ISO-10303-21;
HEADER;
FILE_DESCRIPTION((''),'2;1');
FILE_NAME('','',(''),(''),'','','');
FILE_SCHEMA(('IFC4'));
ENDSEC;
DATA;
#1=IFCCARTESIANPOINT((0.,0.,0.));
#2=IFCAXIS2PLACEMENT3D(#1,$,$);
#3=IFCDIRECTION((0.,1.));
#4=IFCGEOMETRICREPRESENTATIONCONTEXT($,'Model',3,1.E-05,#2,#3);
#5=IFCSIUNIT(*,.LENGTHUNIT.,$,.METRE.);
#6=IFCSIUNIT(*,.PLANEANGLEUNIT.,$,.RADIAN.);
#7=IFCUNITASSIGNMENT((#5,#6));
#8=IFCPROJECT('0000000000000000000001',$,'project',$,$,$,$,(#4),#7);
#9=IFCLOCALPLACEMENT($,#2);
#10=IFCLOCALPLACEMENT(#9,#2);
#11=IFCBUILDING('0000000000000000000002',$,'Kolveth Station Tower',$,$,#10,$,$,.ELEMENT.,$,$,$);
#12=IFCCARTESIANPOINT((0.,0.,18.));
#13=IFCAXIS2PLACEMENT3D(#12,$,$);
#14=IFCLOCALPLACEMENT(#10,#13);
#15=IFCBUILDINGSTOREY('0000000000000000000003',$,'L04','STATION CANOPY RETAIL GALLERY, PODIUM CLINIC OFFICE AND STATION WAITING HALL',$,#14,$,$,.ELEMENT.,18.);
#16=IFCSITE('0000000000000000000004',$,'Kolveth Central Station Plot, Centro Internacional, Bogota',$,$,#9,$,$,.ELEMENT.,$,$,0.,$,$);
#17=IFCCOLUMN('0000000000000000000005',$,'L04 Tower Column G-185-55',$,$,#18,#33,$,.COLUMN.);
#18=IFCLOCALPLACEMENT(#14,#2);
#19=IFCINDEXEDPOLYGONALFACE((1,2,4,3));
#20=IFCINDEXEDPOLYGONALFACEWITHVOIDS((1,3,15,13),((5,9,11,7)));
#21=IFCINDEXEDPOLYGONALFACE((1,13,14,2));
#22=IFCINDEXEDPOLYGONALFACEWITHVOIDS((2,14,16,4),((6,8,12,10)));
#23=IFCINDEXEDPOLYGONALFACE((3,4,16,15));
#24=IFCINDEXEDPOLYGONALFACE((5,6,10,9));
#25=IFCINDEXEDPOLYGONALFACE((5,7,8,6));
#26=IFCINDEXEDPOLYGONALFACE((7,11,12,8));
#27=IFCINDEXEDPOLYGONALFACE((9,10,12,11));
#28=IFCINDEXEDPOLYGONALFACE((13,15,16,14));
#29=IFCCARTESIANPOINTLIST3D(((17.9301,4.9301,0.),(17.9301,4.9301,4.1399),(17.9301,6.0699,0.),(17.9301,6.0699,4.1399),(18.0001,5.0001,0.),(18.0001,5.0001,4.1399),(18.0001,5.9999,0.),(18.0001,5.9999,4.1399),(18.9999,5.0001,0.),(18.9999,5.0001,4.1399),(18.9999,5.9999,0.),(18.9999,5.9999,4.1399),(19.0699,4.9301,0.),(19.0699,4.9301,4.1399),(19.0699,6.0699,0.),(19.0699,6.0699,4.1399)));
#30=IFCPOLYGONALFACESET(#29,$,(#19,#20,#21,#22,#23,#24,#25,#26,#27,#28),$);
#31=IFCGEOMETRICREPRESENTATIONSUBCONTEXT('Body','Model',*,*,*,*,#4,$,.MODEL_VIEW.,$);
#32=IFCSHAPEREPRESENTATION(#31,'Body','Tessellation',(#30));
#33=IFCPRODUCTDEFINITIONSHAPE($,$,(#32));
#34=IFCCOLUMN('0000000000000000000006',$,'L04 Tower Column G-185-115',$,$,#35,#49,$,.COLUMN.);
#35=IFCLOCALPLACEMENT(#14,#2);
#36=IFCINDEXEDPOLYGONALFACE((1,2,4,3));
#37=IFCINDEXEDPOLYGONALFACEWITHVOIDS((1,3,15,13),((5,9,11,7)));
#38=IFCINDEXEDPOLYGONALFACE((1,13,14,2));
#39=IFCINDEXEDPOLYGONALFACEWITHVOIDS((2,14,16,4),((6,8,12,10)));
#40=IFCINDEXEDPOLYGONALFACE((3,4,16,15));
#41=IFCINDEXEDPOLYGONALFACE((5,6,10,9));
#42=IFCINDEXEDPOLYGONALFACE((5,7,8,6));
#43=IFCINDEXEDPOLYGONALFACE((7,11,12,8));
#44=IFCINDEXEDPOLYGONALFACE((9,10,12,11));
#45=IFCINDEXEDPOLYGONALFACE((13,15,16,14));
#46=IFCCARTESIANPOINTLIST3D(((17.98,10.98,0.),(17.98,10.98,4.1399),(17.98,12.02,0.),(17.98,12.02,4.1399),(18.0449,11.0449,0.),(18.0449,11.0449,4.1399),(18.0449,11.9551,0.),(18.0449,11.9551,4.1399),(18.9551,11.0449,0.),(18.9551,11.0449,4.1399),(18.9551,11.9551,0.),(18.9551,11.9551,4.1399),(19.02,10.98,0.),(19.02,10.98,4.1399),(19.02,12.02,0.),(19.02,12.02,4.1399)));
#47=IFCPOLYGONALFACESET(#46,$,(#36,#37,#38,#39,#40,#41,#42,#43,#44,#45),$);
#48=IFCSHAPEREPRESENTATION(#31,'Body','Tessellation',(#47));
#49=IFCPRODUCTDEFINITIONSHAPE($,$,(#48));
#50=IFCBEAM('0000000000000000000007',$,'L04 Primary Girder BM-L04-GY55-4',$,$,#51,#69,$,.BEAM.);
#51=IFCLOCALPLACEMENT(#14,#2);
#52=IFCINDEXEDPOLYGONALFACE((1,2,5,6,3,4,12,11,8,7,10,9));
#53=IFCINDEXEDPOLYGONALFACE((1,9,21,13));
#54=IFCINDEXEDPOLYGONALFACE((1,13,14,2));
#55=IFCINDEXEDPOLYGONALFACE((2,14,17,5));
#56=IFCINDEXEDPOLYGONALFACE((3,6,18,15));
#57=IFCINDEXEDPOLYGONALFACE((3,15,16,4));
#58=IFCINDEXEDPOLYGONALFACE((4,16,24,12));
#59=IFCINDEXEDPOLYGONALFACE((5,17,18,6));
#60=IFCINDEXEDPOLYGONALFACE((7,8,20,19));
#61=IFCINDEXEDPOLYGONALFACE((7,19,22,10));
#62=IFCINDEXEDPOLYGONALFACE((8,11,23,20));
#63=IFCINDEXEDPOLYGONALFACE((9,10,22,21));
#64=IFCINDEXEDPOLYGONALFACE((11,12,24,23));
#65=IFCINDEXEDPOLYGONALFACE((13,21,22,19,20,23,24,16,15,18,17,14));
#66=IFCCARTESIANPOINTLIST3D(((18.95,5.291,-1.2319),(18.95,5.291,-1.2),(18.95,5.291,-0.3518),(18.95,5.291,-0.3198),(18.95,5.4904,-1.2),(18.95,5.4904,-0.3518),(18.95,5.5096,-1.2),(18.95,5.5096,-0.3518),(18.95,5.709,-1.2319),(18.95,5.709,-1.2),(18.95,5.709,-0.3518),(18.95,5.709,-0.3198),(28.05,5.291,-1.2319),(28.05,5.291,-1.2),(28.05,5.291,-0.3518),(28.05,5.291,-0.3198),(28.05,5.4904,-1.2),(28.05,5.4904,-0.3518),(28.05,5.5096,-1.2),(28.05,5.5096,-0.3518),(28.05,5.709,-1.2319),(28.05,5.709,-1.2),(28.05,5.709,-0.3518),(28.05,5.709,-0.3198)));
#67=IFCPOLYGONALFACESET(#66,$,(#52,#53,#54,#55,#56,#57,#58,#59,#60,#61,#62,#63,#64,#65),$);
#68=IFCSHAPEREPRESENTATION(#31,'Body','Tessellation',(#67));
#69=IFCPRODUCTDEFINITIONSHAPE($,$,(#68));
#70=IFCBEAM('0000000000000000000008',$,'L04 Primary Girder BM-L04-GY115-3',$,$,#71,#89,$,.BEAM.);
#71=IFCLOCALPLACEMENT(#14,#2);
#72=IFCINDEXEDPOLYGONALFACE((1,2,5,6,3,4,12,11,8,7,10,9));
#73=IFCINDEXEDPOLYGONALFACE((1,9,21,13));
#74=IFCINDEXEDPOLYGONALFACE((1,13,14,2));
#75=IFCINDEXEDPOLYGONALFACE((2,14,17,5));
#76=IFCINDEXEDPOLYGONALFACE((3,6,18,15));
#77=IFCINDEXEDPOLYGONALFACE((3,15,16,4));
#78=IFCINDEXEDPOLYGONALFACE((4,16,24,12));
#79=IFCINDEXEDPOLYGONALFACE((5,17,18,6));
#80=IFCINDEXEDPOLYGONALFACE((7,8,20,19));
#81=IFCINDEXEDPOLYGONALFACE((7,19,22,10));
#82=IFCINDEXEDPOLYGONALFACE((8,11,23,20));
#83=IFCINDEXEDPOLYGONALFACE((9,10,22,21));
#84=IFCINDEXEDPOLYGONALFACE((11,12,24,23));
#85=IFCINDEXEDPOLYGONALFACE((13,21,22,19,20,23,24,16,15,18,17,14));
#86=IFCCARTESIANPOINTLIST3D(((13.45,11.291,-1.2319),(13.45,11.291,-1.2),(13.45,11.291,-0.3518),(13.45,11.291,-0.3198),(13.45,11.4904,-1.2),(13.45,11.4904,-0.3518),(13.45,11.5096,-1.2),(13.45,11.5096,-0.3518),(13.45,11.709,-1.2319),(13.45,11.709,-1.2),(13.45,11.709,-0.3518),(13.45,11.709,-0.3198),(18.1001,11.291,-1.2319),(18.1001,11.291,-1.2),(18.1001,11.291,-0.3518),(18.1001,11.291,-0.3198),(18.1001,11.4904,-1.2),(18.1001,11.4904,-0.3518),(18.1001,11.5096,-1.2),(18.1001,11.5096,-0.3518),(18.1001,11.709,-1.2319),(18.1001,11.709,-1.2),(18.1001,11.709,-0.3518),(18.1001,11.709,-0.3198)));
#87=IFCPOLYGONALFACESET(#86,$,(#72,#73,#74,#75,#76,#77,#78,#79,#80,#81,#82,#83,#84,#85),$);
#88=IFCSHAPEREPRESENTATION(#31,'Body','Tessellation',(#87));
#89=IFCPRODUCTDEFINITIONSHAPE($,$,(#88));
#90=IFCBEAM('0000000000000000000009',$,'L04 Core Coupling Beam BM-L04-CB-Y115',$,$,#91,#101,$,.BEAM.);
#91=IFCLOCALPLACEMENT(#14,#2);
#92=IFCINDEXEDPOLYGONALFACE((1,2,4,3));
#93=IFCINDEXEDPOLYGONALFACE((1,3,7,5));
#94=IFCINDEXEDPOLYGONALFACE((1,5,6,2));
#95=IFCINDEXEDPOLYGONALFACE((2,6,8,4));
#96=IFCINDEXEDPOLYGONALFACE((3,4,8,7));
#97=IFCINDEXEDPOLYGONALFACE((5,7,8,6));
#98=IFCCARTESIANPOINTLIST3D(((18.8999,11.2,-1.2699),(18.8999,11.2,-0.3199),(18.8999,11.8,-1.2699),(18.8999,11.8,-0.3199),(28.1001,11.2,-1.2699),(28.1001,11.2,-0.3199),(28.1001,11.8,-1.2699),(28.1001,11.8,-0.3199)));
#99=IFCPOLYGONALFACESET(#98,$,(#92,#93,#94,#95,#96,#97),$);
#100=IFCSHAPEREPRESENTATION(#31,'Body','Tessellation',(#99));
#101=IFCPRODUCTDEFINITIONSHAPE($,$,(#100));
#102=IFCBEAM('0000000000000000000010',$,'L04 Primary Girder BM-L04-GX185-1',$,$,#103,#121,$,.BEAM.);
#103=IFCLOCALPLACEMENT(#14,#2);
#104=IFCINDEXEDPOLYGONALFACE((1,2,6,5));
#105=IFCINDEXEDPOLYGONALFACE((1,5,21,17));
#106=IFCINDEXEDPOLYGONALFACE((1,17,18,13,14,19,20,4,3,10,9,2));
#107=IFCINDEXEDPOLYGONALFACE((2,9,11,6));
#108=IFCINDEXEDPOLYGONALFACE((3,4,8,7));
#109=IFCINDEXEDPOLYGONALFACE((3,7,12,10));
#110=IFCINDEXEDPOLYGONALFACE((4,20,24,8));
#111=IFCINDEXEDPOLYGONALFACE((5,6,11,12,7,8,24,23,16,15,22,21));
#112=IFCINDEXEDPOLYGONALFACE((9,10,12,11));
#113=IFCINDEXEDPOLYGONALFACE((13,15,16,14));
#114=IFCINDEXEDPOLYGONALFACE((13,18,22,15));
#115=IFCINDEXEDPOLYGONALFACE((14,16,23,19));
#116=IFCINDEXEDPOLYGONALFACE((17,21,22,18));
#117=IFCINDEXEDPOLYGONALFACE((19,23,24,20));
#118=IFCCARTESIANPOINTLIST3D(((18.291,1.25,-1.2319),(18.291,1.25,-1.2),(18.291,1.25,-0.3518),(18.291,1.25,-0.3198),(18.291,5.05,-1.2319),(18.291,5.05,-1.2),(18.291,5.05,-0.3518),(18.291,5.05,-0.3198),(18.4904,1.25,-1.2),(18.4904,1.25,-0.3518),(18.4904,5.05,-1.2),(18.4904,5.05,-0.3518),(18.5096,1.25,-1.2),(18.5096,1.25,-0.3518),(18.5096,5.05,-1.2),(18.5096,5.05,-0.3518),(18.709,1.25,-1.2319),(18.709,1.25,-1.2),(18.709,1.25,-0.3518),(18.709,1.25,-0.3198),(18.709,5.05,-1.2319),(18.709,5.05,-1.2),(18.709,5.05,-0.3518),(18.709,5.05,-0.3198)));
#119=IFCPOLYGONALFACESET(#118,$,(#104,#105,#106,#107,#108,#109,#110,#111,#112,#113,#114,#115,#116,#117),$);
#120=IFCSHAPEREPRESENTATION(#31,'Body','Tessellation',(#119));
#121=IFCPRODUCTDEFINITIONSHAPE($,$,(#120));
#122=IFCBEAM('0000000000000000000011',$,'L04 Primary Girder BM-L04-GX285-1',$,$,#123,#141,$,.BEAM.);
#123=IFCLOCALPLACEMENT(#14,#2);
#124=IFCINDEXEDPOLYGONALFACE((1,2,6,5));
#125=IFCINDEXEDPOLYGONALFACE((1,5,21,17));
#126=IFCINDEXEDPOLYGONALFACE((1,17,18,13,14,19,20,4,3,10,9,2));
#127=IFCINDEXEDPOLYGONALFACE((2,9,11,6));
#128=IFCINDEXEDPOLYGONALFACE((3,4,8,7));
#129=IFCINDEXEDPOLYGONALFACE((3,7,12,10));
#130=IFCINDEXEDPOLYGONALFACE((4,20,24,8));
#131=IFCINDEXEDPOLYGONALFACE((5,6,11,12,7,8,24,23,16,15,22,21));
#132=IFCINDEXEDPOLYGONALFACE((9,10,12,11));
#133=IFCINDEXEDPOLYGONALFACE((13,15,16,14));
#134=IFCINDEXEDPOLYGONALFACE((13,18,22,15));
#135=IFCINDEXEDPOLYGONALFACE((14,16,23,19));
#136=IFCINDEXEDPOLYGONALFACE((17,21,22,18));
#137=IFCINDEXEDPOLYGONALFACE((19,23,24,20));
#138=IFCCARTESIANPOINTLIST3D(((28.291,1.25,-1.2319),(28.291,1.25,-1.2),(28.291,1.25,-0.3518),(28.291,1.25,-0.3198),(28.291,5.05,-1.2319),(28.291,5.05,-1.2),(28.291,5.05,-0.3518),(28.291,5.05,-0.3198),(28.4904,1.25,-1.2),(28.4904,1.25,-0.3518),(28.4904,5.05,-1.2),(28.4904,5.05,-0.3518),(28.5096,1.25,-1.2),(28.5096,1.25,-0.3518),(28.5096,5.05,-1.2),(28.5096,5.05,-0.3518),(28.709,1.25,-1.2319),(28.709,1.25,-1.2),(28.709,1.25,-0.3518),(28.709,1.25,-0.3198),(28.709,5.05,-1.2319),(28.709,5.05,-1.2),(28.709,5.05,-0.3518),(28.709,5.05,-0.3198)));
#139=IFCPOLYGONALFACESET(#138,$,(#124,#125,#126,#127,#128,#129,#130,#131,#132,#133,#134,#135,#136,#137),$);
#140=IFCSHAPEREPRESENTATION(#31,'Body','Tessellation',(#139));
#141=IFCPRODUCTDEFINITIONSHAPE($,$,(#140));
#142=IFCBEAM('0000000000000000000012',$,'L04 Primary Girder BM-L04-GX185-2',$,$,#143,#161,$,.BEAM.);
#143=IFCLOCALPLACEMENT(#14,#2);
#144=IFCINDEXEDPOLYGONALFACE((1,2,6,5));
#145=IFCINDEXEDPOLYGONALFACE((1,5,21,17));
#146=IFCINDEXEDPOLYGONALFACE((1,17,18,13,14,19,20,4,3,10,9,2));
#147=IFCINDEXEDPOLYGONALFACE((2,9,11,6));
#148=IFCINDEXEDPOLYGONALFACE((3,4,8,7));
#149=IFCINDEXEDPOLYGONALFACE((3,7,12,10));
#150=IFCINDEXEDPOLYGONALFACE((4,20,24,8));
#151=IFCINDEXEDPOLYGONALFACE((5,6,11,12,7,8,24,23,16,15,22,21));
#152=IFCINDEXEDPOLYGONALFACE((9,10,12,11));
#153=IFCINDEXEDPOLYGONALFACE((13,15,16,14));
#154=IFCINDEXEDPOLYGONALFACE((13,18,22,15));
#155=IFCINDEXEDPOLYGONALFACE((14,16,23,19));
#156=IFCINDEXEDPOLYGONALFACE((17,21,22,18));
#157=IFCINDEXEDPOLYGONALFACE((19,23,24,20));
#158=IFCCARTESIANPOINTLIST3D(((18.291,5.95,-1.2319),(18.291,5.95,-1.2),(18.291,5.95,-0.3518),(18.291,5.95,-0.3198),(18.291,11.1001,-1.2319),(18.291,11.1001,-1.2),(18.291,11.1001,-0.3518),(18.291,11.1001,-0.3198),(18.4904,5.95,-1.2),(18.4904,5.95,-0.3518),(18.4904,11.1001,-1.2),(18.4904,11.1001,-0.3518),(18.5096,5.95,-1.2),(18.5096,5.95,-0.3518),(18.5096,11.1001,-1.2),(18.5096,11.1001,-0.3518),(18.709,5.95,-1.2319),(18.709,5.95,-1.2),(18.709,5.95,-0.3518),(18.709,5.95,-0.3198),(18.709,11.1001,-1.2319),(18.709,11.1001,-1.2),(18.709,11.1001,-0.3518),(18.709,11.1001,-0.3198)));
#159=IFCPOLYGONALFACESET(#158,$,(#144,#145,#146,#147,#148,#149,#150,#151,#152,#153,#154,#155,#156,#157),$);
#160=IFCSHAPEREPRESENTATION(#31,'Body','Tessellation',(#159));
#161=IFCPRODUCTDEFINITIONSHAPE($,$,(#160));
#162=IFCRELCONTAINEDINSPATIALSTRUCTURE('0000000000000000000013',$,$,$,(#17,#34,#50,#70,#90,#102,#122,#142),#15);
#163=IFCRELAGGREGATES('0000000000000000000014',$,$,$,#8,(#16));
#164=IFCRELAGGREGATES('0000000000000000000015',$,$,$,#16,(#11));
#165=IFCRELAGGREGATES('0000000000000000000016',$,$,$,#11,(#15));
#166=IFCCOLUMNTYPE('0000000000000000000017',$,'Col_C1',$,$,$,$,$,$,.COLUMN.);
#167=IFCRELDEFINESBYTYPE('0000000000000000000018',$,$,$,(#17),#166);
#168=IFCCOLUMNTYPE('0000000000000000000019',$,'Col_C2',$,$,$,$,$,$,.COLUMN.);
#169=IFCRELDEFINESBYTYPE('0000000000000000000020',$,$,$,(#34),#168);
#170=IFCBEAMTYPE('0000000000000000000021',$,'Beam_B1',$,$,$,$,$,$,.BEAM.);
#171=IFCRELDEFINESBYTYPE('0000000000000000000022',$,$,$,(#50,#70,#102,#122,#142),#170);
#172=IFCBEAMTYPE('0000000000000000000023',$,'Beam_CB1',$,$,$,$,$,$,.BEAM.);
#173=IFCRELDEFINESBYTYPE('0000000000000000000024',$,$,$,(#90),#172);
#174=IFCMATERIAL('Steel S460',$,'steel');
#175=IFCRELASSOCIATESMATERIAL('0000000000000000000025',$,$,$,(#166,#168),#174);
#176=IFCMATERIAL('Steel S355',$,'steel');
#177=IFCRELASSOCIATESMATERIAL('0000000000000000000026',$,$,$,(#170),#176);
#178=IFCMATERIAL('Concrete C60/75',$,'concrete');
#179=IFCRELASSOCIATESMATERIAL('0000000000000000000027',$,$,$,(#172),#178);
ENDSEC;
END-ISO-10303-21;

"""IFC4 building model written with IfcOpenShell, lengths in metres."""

from ifc_helpers import new_model, si_unit, direction, frame, origin, origin_2d, place, context, subcontext, project, spatial, rectangle, hollow_rectangle, i_section, extrude, source, transform, mapped, material, material_profile, profile_set, type_object, element, save


model = new_model("IFC4")

# Units and contexts
model_context = context("Model", 3, precision=1e-05, world=origin(), true_north=direction((0.0, 1.0)))
body_context = subcontext(model_context, "Body", "Model", "MODEL_VIEW")
ifc_project = project(units=[si_unit("LENGTHUNIT", "METRE"), si_unit("PLANEANGLEUNIT", "RADIAN")], contexts=[model_context])

# Site, building, storey
site_placement = place(None, origin())
site = spatial("IfcSite", under=ifc_project, at=site_placement, Name="Kolveth Central Station Plot, Centro Internacional, Bogota", CompositionType="ELEMENT", RefElevation=0.0)
building_placement = place(site_placement, origin())
building = spatial("IfcBuilding", under=site, at=building_placement, Name="Kolveth Station Tower", CompositionType="ELEMENT")
storey_placement = place(building_placement, frame((0.0, 0.0, 18.0)))
storey = spatial("IfcBuildingStorey", under=building, at=storey_placement, Name="L04", Description="STATION CANOPY RETAIL GALLERY, PODIUM CLINIC OFFICE AND STATION WAITING HALL", CompositionType="ELEMENT", Elevation=18.0)

# Columns
ifc_material_1 = material(Name="Steel S460", Category="steel")
ifc_material_profile_1 = material_profile(ifc_material_1, hollow_rectangle(XDim=1.1399, YDim=1.1399, WallThickness=0.0701, at=origin_2d()), Name="BOX1140x1140x70")
ifc_profile_set_1 = profile_set([ifc_material_profile_1], Name="Steel S460")
column_type_1 = type_object("IfcColumnType", Name="Col_C1", PredefinedType="COLUMN", material=ifc_profile_set_1)
shared_shape_1 = source(origin(), body_context, "Body", "SweptSolid", [
    extrude(hollow_rectangle(XDim=1.1399, YDim=1.1399, WallThickness=0.0701, at=origin_2d()), origin(), (0.0, 0.0, 1.0), 4.1399),
])
column_1_placement = place(storey_placement, frame((18.5, 5.5, 0.0), z_axis=(0.0, 0.0, 1.0), x_axis=(1.0, 0.0, 0.0)))
element("IfcColumn", 1, at=column_1_placement, inside=storey, type_object=column_type_1, Name="L04 Tower Column G-185-55", PredefinedType="COLUMN", context=body_context, shape_type="MappedRepresentation", body=[
    mapped(shared_shape_1, transform((0.0, 0.0, 0.0), x_axis=(1.0, 0.0, 0.0), y_axis=(0.0, 1.0, 0.0), z_axis=(0.0, 0.0, 1.0), scale=1.0)),
])
ifc_material_profile_2 = material_profile(ifc_material_1, hollow_rectangle(XDim=1.04, YDim=1.04, WallThickness=0.0649, at=origin_2d()), Name="BOX1040x1040x65")
ifc_profile_set_2 = profile_set([ifc_material_profile_2], Name="Steel S460")
column_type_2 = type_object("IfcColumnType", Name="Col_C2", PredefinedType="COLUMN", material=ifc_profile_set_2)
shared_shape_2 = source(origin(), body_context, "Body", "SweptSolid", [
    extrude(hollow_rectangle(XDim=1.04, YDim=1.04, WallThickness=0.0649, at=origin_2d()), origin(), (0.0, 0.0, 1.0), 4.1399),
])
column_2_placement = place(storey_placement, frame((18.5, 11.5, 0.0), z_axis=(0.0, 0.0, 1.0), x_axis=(1.0, 0.0, 0.0)))
element("IfcColumn", 2, at=column_2_placement, inside=storey, type_object=column_type_2, Name="L04 Tower Column G-185-115", PredefinedType="COLUMN", context=body_context, shape_type="MappedRepresentation", body=[
    mapped(shared_shape_2, transform((0.0, 0.0, 0.0), x_axis=(1.0, 0.0, 0.0), y_axis=(0.0, 1.0, 0.0), z_axis=(0.0, 0.0, 1.0), scale=1.0)),
])

# Beams
ifc_material_2 = material(Name="Steel S355", Category="steel")
ifc_material_profile_3 = material_profile(ifc_material_2, i_section(OverallWidth=0.418, OverallDepth=0.9121, WebThickness=0.0193, FlangeThickness=0.032, at=origin_2d()), Name="W920x342")
ifc_profile_set_3 = profile_set([ifc_material_profile_3], Name="Steel S355")
beam_type_1 = type_object("IfcBeamType", Name="Beam_B1", PredefinedType="BEAM", material=ifc_profile_set_3)
shared_shape_3 = source(origin(), body_context, "Body", "SweptSolid", [
    extrude(i_section(OverallWidth=0.418, OverallDepth=0.9121, WebThickness=0.0193, FlangeThickness=0.032, at=origin_2d()), origin(), (0.0, 0.0, 1.0), 9.1001),
])
beam_1_placement = place(storey_placement, frame((18.95, 5.5, -0.7759), z_axis=(1.0, 0.0, 0.0), x_axis=(0.0, 1.0, 0.0)))
element("IfcBeam", 3, at=beam_1_placement, inside=storey, type_object=beam_type_1, Name="L04 Primary Girder BM-L04-GY55-4", PredefinedType="BEAM", context=body_context, shape_type="MappedRepresentation", body=[
    mapped(shared_shape_3, transform((0.0, 0.0, 0.0), x_axis=(1.0, 0.0, 0.0), y_axis=(0.0, 1.0, 0.0), z_axis=(0.0, 0.0, 1.0), scale=1.0)),
])
shared_shape_4 = source(origin(), body_context, "Body", "SweptSolid", [
    extrude(i_section(OverallWidth=0.418, OverallDepth=0.9121, WebThickness=0.0193, FlangeThickness=0.032, at=origin_2d()), origin(), (0.0, 0.0, 1.0), 4.6501),
])
beam_2_placement = place(storey_placement, frame((13.45, 11.5, -0.7759), z_axis=(1.0, 0.0, 0.0), x_axis=(0.0, 1.0, 0.0)))
element("IfcBeam", 4, at=beam_2_placement, inside=storey, type_object=beam_type_1, Name="L04 Primary Girder BM-L04-GY115-3", PredefinedType="BEAM", context=body_context, shape_type="MappedRepresentation", body=[
    mapped(shared_shape_4, transform((0.0, 0.0, 0.0), x_axis=(1.0, 0.0, 0.0), y_axis=(0.0, 1.0, 0.0), z_axis=(0.0, 0.0, 1.0), scale=1.0)),
])
ifc_material_3 = material(Name="Concrete C60/75", Category="concrete")
ifc_material_profile_4 = material_profile(ifc_material_3, rectangle(XDim=0.6001, YDim=0.95, at=origin_2d()), Name="RC-600x950")
ifc_profile_set_4 = profile_set([ifc_material_profile_4], Name="Concrete C60/75")
beam_type_2 = type_object("IfcBeamType", Name="Beam_CB1", PredefinedType="BEAM", material=ifc_profile_set_4)
shared_shape_5 = source(origin(), body_context, "Body", "SweptSolid", [
    extrude(rectangle(XDim=0.6001, YDim=0.95, at=origin_2d()), origin(), (0.0, 0.0, 1.0), 9.2002),
])
beam_3_placement = place(storey_placement, frame((18.8999, 11.5, -0.7949), z_axis=(1.0, 0.0, 0.0), x_axis=(0.0, 1.0, 0.0)))
element("IfcBeam", 5, at=beam_3_placement, inside=storey, type_object=beam_type_2, Name="L04 Core Coupling Beam BM-L04-CB-Y115", PredefinedType="BEAM", context=body_context, shape_type="MappedRepresentation", body=[
    mapped(shared_shape_5, transform((0.0, 0.0, 0.0), x_axis=(1.0, 0.0, 0.0), y_axis=(0.0, 1.0, 0.0), z_axis=(0.0, 0.0, 1.0), scale=1.0)),
])
shared_shape_6 = source(origin(), body_context, "Body", "SweptSolid", [
    extrude(i_section(OverallWidth=0.418, OverallDepth=0.9121, WebThickness=0.0193, FlangeThickness=0.032, at=origin_2d()), origin(), (0.0, 0.0, 1.0), 3.8),
])
for number, where, z_axis, x_axis, name in (
    (6, (18.5, 1.25, -0.7759), (0.0, 1.0, 0.0), (-1.0, 0.0, 0.0), "L04 Primary Girder BM-L04-GX185-1"),
    (7, (28.5, 1.25, -0.7759), (0.0, 1.0, 0.0), (-1.0, 0.0, 0.0), "L04 Primary Girder BM-L04-GX285-1"),
):
    element("IfcBeam", number, at=place(storey_placement, frame(where, z_axis=z_axis, x_axis=x_axis)), inside=storey, type_object=beam_type_1, Name=name, PredefinedType="BEAM", context=body_context, shape_type="MappedRepresentation", body=[
        mapped(shared_shape_6, transform((0.0, 0.0, 0.0), x_axis=(1.0, 0.0, 0.0), y_axis=(0.0, 1.0, 0.0), z_axis=(0.0, 0.0, 1.0), scale=1.0)),
    ])
shared_shape_7 = source(origin(), body_context, "Body", "SweptSolid", [
    extrude(i_section(OverallWidth=0.418, OverallDepth=0.9121, WebThickness=0.0193, FlangeThickness=0.032, at=origin_2d()), origin(), (0.0, 0.0, 1.0), 5.1501),
])
beam_4_placement = place(storey_placement, frame((18.5, 5.95, -0.7759), z_axis=(0.0, 1.0, 0.0), x_axis=(-1.0, 0.0, 0.0)))
element("IfcBeam", 8, at=beam_4_placement, inside=storey, type_object=beam_type_1, Name="L04 Primary Girder BM-L04-GX185-2", PredefinedType="BEAM", context=body_context, shape_type="MappedRepresentation", body=[
    mapped(shared_shape_7, transform((0.0, 0.0, 0.0), x_axis=(1.0, 0.0, 0.0), y_axis=(0.0, 1.0, 0.0), z_axis=(0.0, 0.0, 1.0), scale=1.0)),
])

save(model, "model.ifc")
